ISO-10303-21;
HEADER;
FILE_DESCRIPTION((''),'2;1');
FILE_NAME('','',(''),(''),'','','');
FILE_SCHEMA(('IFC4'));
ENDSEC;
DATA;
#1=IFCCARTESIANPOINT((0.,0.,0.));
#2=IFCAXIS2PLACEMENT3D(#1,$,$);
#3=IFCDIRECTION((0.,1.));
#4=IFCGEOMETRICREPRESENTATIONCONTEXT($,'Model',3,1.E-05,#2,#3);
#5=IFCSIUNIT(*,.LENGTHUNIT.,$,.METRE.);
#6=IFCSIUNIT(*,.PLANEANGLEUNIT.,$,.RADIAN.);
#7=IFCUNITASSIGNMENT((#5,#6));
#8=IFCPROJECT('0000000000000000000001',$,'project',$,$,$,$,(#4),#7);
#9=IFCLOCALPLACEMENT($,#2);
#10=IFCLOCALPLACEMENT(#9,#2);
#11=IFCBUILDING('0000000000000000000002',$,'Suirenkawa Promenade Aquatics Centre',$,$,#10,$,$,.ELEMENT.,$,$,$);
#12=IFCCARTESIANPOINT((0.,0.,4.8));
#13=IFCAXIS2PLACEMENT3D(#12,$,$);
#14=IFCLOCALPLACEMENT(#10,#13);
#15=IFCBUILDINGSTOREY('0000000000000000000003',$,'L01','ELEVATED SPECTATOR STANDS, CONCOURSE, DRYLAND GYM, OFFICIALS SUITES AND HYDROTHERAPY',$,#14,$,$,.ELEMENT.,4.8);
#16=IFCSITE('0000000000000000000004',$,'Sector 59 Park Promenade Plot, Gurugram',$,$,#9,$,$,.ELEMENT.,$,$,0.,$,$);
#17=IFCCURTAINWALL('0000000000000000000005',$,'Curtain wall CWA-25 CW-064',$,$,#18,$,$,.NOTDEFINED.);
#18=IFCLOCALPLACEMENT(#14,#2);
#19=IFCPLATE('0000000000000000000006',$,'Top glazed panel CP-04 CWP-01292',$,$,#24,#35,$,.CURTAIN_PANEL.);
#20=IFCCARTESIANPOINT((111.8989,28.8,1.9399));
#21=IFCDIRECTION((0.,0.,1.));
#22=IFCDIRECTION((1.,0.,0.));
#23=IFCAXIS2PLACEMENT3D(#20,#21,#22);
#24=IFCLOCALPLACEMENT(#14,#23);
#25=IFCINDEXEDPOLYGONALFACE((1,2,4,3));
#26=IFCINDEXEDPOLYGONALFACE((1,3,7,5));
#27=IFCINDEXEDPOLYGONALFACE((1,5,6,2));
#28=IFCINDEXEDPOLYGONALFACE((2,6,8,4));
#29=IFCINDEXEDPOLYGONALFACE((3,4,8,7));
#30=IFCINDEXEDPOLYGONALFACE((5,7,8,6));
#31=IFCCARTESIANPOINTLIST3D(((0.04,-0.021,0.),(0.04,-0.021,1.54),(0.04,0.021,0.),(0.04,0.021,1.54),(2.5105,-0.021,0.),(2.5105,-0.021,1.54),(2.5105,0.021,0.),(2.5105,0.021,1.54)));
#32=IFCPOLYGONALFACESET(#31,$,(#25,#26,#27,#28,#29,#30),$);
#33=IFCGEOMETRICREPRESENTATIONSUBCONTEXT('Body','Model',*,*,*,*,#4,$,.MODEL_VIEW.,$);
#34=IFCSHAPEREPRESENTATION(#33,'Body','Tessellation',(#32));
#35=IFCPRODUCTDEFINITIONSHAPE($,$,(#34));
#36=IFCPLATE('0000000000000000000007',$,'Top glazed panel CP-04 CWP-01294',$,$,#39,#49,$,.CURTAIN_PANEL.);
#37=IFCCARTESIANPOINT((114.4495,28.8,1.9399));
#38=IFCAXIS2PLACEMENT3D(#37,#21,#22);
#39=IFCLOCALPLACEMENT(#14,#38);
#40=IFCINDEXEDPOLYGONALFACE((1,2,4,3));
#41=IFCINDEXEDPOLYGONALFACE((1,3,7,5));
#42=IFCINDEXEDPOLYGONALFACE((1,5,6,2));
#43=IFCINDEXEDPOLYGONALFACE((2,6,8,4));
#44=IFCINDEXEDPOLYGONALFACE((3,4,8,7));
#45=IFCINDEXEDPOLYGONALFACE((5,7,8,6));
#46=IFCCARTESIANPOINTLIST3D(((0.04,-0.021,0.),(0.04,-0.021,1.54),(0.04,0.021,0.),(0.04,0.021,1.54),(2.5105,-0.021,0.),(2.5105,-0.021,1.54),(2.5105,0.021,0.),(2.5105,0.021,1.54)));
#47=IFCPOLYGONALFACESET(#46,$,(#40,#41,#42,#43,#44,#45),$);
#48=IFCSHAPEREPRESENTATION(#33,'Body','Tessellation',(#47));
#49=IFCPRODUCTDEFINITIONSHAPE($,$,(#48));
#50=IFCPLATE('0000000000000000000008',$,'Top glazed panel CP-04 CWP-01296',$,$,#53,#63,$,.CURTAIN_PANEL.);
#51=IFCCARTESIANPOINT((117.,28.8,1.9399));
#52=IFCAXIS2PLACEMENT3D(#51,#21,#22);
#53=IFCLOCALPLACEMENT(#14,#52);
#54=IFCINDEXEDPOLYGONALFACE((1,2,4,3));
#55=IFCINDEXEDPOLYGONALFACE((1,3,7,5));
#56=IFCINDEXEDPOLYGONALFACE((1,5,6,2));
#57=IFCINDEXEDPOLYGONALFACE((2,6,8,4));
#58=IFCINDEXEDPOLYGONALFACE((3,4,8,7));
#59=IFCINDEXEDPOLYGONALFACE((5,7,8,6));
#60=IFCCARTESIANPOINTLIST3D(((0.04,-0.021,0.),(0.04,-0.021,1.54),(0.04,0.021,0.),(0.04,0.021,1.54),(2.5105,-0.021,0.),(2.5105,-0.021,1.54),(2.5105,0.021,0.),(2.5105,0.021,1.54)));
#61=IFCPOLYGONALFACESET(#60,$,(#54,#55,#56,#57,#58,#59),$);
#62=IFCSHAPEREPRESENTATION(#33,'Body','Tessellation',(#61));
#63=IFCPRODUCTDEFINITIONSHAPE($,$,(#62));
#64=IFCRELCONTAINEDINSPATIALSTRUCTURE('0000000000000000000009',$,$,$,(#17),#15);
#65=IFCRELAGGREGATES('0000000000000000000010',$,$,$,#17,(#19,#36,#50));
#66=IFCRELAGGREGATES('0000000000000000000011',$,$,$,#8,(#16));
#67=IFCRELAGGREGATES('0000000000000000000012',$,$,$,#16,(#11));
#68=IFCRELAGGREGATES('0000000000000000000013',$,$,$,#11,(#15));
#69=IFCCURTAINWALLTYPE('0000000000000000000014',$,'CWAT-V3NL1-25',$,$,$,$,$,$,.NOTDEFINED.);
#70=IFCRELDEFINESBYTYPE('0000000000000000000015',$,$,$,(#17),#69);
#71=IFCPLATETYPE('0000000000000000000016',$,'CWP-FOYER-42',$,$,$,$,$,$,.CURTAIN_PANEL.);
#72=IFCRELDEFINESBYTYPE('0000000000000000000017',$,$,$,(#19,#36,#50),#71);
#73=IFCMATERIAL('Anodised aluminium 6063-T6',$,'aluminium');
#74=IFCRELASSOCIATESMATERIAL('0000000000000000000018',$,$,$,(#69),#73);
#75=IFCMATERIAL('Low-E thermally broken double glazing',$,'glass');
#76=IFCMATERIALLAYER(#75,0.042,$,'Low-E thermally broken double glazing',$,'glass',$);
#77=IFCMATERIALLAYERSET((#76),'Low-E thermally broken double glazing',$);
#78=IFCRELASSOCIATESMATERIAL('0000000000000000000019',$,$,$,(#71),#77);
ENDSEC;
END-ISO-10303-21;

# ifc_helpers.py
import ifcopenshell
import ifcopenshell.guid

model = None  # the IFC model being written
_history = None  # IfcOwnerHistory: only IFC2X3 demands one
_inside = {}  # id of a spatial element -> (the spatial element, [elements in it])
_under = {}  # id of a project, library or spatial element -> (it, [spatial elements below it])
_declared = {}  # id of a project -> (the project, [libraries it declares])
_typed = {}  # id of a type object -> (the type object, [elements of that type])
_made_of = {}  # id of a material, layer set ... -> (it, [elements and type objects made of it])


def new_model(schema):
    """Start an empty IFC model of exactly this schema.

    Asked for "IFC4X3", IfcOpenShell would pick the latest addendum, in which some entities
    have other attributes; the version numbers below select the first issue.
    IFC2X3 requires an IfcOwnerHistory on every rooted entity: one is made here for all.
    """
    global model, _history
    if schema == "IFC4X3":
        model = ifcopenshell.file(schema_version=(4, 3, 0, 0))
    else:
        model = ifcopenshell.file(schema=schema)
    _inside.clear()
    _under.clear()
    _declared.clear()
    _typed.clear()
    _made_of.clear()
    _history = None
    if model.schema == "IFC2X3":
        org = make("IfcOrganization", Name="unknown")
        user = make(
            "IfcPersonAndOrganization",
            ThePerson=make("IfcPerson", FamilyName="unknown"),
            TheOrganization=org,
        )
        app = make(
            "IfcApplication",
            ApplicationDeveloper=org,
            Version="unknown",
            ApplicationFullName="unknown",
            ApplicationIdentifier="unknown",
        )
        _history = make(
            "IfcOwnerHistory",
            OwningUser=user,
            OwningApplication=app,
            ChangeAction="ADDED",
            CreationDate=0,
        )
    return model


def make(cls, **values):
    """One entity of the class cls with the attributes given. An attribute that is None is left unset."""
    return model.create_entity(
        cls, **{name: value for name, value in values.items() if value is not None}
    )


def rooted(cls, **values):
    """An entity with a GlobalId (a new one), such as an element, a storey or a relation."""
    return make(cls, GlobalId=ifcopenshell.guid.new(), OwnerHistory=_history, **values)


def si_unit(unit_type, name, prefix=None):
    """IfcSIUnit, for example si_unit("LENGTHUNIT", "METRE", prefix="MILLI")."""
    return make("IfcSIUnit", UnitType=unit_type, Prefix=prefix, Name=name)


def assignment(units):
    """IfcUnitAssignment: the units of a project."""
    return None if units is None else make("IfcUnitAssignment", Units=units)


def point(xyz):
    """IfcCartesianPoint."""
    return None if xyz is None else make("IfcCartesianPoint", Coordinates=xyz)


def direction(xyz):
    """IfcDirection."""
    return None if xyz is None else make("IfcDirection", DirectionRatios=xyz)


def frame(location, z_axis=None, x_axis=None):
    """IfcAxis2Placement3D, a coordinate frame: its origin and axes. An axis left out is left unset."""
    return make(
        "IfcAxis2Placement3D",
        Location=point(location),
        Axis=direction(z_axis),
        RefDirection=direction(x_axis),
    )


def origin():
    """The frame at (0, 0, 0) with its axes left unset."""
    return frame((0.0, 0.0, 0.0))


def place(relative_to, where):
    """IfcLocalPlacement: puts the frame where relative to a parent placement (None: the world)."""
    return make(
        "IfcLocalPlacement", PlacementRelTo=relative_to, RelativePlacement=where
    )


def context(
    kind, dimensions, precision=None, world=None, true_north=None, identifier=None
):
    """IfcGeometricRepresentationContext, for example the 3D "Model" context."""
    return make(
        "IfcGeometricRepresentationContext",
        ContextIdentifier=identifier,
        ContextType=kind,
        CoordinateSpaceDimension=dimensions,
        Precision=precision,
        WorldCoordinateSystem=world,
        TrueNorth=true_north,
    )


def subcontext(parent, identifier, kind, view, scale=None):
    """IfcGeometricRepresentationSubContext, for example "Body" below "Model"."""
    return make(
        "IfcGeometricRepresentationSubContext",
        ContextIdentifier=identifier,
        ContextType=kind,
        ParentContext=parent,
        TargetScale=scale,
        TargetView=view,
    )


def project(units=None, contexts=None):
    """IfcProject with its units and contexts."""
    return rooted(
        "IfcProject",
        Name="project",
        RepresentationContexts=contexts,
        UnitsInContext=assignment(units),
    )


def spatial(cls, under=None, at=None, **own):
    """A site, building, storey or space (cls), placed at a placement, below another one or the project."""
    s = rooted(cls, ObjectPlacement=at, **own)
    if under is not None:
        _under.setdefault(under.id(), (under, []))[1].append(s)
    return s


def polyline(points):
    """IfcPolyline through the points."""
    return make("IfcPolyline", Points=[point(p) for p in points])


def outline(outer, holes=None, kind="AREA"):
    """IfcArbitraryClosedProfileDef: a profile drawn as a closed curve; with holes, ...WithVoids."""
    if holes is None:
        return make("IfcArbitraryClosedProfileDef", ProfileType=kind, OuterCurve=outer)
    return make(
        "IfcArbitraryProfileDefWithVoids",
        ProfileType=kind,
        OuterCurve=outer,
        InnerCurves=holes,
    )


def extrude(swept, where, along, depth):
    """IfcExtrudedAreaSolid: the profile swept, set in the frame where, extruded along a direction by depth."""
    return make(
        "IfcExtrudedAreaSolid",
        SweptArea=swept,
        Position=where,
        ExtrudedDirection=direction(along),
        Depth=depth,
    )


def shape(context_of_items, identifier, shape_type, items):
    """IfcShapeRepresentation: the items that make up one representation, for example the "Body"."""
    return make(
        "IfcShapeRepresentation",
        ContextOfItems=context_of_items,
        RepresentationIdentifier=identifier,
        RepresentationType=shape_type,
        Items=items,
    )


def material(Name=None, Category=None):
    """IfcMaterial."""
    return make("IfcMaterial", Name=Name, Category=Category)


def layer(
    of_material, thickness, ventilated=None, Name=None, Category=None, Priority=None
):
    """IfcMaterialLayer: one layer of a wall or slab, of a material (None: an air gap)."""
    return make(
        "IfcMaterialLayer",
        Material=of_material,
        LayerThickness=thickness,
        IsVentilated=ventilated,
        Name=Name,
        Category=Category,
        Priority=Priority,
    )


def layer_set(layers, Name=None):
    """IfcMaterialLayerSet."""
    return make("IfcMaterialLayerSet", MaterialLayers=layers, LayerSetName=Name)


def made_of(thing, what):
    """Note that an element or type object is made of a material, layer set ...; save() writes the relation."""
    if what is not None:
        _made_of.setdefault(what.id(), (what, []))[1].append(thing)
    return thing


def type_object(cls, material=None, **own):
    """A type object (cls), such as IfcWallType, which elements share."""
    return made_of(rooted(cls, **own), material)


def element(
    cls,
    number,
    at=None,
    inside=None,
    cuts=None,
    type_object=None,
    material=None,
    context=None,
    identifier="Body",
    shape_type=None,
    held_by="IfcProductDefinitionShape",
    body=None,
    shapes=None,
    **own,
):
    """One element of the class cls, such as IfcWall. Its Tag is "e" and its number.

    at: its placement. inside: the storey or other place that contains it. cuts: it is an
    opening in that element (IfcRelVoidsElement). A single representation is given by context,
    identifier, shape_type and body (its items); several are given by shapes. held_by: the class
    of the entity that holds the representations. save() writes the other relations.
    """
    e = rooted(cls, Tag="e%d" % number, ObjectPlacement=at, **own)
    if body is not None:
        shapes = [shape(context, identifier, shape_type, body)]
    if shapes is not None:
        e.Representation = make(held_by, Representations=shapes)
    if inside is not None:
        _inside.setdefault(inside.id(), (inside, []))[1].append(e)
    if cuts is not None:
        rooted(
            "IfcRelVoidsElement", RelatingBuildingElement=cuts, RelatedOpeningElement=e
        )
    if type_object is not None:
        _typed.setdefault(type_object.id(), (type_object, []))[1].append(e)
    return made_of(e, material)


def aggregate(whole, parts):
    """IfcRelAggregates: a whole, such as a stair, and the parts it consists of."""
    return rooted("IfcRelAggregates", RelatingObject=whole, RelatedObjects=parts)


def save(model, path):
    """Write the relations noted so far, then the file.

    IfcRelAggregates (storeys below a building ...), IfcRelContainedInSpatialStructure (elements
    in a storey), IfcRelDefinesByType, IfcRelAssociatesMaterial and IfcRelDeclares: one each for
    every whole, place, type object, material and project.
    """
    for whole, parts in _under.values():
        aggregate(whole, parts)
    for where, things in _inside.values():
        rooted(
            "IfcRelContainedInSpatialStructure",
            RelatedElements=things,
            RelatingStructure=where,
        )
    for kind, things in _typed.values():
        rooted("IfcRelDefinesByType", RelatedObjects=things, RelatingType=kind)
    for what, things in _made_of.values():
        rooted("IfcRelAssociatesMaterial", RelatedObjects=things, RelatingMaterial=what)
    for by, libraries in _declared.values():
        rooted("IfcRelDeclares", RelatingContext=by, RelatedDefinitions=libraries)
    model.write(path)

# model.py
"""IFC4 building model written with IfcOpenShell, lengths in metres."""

from ifc_helpers import new_model, si_unit, direction, frame, origin, place, context, subcontext, project, spatial, polyline, outline, extrude, material, layer, layer_set, type_object, element, aggregate, save


model = new_model("IFC4")

# Units and contexts
model_context = context("Model", 3, precision=1e-05, world=origin(), true_north=direction((0.0, 1.0)))
body_context = subcontext(model_context, "Body", "Model", "MODEL_VIEW")
ifc_project = project(units=[si_unit("LENGTHUNIT", "METRE"), si_unit("PLANEANGLEUNIT", "RADIAN")], contexts=[model_context])

# Site, building, storey
site_placement = place(None, origin())
site = spatial("IfcSite", under=ifc_project, at=site_placement, Name="Sector 59 Park Promenade Plot, Gurugram", CompositionType="ELEMENT", RefElevation=0.0)
building_placement = place(site_placement, origin())
building = spatial("IfcBuilding", under=site, at=building_placement, Name="Suirenkawa Promenade Aquatics Centre", CompositionType="ELEMENT")
storey_placement = place(building_placement, frame((0.0, 0.0, 4.8)))
storey = spatial("IfcBuildingStorey", under=building, at=storey_placement, Name="L01", Description="ELEVATED SPECTATOR STANDS, CONCOURSE, DRYLAND GYM, OFFICIALS SUITES AND HYDROTHERAPY", CompositionType="ELEMENT", Elevation=4.8)

# Curtain wall, plates
ifc_material_1 = material(Name="Anodised aluminium 6063-T6", Category="aluminium")
curtain_wall_type = type_object("IfcCurtainWallType", Name="CWAT-V3NL1-25", PredefinedType="NOTDEFINED", material=ifc_material_1)
curtain_wall_placement = place(storey_placement, origin())
curtain_wall = element("IfcCurtainWall", 1, at=curtain_wall_placement, inside=storey, type_object=curtain_wall_type, Name="Curtain wall CWA-25 CW-064", PredefinedType="NOTDEFINED")
ifc_material_2 = material(Name="Low-E thermally broken double glazing", Category="glass")
ifc_layer_1 = layer(ifc_material_2, 0.042, Name="Low-E thermally broken double glazing", Category="glass")
ifc_layer_set_1 = layer_set([ifc_layer_1], Name="Low-E thermally broken double glazing")
plate_type = type_object("IfcPlateType", Name="CWP-FOYER-42", PredefinedType="CURTAIN_PANEL", material=ifc_layer_set_1)
plate_1_placement = place(storey_placement, frame((111.8989, 28.8, 1.9399), z_axis=(0.0, 0.0, 1.0), x_axis=(1.0, 0.0, 0.0)))
plate_1 = element("IfcPlate", 2, at=plate_1_placement, type_object=plate_type, Name="Top glazed panel CP-04 CWP-01292", PredefinedType="CURTAIN_PANEL", context=body_context, shape_type="SweptSolid", body=[
    extrude(outline(polyline([(0.04, 0.0), (2.5105, 0.0), (2.5105, 1.54), (0.04, 1.54), (0.04, 0.0)])), frame((0.0, 0.021, 0.0), z_axis=(0.0, -1.0, 0.0), x_axis=(1.0, 0.0, 0.0)), (0.0, 0.0, 1.0), 0.042),
])
plate_2_placement = place(storey_placement, frame((114.4495, 28.8, 1.9399), z_axis=(0.0, 0.0, 1.0), x_axis=(1.0, 0.0, 0.0)))
plate_2 = element("IfcPlate", 3, at=plate_2_placement, type_object=plate_type, Name="Top glazed panel CP-04 CWP-01294", PredefinedType="CURTAIN_PANEL", context=body_context, shape_type="SweptSolid", body=[
    extrude(outline(polyline([(0.04, 0.0), (2.5105, 0.0), (2.5105, 1.54), (0.04, 1.54), (0.04, 0.0)])), frame((0.0, 0.021, 0.0), z_axis=(0.0, -1.0, 0.0), x_axis=(1.0, 0.0, 0.0)), (0.0, 0.0, 1.0), 0.042),
])
plate_3_placement = place(storey_placement, frame((117.0, 28.8, 1.9399), z_axis=(0.0, 0.0, 1.0), x_axis=(1.0, 0.0, 0.0)))
plate_3 = element("IfcPlate", 4, at=plate_3_placement, type_object=plate_type, Name="Top glazed panel CP-04 CWP-01296", PredefinedType="CURTAIN_PANEL", context=body_context, shape_type="SweptSolid", body=[
    extrude(outline(polyline([(0.04, 0.0), (2.5105, 0.0), (2.5105, 1.54), (0.04, 1.54), (0.04, 0.0)])), frame((0.0, 0.021, 0.0), z_axis=(0.0, -1.0, 0.0), x_axis=(1.0, 0.0, 0.0)), (0.0, 0.0, 1.0), 0.042),
])
aggregate(curtain_wall, [plate_1, plate_2, plate_3])

save(model, "model.ifc")
